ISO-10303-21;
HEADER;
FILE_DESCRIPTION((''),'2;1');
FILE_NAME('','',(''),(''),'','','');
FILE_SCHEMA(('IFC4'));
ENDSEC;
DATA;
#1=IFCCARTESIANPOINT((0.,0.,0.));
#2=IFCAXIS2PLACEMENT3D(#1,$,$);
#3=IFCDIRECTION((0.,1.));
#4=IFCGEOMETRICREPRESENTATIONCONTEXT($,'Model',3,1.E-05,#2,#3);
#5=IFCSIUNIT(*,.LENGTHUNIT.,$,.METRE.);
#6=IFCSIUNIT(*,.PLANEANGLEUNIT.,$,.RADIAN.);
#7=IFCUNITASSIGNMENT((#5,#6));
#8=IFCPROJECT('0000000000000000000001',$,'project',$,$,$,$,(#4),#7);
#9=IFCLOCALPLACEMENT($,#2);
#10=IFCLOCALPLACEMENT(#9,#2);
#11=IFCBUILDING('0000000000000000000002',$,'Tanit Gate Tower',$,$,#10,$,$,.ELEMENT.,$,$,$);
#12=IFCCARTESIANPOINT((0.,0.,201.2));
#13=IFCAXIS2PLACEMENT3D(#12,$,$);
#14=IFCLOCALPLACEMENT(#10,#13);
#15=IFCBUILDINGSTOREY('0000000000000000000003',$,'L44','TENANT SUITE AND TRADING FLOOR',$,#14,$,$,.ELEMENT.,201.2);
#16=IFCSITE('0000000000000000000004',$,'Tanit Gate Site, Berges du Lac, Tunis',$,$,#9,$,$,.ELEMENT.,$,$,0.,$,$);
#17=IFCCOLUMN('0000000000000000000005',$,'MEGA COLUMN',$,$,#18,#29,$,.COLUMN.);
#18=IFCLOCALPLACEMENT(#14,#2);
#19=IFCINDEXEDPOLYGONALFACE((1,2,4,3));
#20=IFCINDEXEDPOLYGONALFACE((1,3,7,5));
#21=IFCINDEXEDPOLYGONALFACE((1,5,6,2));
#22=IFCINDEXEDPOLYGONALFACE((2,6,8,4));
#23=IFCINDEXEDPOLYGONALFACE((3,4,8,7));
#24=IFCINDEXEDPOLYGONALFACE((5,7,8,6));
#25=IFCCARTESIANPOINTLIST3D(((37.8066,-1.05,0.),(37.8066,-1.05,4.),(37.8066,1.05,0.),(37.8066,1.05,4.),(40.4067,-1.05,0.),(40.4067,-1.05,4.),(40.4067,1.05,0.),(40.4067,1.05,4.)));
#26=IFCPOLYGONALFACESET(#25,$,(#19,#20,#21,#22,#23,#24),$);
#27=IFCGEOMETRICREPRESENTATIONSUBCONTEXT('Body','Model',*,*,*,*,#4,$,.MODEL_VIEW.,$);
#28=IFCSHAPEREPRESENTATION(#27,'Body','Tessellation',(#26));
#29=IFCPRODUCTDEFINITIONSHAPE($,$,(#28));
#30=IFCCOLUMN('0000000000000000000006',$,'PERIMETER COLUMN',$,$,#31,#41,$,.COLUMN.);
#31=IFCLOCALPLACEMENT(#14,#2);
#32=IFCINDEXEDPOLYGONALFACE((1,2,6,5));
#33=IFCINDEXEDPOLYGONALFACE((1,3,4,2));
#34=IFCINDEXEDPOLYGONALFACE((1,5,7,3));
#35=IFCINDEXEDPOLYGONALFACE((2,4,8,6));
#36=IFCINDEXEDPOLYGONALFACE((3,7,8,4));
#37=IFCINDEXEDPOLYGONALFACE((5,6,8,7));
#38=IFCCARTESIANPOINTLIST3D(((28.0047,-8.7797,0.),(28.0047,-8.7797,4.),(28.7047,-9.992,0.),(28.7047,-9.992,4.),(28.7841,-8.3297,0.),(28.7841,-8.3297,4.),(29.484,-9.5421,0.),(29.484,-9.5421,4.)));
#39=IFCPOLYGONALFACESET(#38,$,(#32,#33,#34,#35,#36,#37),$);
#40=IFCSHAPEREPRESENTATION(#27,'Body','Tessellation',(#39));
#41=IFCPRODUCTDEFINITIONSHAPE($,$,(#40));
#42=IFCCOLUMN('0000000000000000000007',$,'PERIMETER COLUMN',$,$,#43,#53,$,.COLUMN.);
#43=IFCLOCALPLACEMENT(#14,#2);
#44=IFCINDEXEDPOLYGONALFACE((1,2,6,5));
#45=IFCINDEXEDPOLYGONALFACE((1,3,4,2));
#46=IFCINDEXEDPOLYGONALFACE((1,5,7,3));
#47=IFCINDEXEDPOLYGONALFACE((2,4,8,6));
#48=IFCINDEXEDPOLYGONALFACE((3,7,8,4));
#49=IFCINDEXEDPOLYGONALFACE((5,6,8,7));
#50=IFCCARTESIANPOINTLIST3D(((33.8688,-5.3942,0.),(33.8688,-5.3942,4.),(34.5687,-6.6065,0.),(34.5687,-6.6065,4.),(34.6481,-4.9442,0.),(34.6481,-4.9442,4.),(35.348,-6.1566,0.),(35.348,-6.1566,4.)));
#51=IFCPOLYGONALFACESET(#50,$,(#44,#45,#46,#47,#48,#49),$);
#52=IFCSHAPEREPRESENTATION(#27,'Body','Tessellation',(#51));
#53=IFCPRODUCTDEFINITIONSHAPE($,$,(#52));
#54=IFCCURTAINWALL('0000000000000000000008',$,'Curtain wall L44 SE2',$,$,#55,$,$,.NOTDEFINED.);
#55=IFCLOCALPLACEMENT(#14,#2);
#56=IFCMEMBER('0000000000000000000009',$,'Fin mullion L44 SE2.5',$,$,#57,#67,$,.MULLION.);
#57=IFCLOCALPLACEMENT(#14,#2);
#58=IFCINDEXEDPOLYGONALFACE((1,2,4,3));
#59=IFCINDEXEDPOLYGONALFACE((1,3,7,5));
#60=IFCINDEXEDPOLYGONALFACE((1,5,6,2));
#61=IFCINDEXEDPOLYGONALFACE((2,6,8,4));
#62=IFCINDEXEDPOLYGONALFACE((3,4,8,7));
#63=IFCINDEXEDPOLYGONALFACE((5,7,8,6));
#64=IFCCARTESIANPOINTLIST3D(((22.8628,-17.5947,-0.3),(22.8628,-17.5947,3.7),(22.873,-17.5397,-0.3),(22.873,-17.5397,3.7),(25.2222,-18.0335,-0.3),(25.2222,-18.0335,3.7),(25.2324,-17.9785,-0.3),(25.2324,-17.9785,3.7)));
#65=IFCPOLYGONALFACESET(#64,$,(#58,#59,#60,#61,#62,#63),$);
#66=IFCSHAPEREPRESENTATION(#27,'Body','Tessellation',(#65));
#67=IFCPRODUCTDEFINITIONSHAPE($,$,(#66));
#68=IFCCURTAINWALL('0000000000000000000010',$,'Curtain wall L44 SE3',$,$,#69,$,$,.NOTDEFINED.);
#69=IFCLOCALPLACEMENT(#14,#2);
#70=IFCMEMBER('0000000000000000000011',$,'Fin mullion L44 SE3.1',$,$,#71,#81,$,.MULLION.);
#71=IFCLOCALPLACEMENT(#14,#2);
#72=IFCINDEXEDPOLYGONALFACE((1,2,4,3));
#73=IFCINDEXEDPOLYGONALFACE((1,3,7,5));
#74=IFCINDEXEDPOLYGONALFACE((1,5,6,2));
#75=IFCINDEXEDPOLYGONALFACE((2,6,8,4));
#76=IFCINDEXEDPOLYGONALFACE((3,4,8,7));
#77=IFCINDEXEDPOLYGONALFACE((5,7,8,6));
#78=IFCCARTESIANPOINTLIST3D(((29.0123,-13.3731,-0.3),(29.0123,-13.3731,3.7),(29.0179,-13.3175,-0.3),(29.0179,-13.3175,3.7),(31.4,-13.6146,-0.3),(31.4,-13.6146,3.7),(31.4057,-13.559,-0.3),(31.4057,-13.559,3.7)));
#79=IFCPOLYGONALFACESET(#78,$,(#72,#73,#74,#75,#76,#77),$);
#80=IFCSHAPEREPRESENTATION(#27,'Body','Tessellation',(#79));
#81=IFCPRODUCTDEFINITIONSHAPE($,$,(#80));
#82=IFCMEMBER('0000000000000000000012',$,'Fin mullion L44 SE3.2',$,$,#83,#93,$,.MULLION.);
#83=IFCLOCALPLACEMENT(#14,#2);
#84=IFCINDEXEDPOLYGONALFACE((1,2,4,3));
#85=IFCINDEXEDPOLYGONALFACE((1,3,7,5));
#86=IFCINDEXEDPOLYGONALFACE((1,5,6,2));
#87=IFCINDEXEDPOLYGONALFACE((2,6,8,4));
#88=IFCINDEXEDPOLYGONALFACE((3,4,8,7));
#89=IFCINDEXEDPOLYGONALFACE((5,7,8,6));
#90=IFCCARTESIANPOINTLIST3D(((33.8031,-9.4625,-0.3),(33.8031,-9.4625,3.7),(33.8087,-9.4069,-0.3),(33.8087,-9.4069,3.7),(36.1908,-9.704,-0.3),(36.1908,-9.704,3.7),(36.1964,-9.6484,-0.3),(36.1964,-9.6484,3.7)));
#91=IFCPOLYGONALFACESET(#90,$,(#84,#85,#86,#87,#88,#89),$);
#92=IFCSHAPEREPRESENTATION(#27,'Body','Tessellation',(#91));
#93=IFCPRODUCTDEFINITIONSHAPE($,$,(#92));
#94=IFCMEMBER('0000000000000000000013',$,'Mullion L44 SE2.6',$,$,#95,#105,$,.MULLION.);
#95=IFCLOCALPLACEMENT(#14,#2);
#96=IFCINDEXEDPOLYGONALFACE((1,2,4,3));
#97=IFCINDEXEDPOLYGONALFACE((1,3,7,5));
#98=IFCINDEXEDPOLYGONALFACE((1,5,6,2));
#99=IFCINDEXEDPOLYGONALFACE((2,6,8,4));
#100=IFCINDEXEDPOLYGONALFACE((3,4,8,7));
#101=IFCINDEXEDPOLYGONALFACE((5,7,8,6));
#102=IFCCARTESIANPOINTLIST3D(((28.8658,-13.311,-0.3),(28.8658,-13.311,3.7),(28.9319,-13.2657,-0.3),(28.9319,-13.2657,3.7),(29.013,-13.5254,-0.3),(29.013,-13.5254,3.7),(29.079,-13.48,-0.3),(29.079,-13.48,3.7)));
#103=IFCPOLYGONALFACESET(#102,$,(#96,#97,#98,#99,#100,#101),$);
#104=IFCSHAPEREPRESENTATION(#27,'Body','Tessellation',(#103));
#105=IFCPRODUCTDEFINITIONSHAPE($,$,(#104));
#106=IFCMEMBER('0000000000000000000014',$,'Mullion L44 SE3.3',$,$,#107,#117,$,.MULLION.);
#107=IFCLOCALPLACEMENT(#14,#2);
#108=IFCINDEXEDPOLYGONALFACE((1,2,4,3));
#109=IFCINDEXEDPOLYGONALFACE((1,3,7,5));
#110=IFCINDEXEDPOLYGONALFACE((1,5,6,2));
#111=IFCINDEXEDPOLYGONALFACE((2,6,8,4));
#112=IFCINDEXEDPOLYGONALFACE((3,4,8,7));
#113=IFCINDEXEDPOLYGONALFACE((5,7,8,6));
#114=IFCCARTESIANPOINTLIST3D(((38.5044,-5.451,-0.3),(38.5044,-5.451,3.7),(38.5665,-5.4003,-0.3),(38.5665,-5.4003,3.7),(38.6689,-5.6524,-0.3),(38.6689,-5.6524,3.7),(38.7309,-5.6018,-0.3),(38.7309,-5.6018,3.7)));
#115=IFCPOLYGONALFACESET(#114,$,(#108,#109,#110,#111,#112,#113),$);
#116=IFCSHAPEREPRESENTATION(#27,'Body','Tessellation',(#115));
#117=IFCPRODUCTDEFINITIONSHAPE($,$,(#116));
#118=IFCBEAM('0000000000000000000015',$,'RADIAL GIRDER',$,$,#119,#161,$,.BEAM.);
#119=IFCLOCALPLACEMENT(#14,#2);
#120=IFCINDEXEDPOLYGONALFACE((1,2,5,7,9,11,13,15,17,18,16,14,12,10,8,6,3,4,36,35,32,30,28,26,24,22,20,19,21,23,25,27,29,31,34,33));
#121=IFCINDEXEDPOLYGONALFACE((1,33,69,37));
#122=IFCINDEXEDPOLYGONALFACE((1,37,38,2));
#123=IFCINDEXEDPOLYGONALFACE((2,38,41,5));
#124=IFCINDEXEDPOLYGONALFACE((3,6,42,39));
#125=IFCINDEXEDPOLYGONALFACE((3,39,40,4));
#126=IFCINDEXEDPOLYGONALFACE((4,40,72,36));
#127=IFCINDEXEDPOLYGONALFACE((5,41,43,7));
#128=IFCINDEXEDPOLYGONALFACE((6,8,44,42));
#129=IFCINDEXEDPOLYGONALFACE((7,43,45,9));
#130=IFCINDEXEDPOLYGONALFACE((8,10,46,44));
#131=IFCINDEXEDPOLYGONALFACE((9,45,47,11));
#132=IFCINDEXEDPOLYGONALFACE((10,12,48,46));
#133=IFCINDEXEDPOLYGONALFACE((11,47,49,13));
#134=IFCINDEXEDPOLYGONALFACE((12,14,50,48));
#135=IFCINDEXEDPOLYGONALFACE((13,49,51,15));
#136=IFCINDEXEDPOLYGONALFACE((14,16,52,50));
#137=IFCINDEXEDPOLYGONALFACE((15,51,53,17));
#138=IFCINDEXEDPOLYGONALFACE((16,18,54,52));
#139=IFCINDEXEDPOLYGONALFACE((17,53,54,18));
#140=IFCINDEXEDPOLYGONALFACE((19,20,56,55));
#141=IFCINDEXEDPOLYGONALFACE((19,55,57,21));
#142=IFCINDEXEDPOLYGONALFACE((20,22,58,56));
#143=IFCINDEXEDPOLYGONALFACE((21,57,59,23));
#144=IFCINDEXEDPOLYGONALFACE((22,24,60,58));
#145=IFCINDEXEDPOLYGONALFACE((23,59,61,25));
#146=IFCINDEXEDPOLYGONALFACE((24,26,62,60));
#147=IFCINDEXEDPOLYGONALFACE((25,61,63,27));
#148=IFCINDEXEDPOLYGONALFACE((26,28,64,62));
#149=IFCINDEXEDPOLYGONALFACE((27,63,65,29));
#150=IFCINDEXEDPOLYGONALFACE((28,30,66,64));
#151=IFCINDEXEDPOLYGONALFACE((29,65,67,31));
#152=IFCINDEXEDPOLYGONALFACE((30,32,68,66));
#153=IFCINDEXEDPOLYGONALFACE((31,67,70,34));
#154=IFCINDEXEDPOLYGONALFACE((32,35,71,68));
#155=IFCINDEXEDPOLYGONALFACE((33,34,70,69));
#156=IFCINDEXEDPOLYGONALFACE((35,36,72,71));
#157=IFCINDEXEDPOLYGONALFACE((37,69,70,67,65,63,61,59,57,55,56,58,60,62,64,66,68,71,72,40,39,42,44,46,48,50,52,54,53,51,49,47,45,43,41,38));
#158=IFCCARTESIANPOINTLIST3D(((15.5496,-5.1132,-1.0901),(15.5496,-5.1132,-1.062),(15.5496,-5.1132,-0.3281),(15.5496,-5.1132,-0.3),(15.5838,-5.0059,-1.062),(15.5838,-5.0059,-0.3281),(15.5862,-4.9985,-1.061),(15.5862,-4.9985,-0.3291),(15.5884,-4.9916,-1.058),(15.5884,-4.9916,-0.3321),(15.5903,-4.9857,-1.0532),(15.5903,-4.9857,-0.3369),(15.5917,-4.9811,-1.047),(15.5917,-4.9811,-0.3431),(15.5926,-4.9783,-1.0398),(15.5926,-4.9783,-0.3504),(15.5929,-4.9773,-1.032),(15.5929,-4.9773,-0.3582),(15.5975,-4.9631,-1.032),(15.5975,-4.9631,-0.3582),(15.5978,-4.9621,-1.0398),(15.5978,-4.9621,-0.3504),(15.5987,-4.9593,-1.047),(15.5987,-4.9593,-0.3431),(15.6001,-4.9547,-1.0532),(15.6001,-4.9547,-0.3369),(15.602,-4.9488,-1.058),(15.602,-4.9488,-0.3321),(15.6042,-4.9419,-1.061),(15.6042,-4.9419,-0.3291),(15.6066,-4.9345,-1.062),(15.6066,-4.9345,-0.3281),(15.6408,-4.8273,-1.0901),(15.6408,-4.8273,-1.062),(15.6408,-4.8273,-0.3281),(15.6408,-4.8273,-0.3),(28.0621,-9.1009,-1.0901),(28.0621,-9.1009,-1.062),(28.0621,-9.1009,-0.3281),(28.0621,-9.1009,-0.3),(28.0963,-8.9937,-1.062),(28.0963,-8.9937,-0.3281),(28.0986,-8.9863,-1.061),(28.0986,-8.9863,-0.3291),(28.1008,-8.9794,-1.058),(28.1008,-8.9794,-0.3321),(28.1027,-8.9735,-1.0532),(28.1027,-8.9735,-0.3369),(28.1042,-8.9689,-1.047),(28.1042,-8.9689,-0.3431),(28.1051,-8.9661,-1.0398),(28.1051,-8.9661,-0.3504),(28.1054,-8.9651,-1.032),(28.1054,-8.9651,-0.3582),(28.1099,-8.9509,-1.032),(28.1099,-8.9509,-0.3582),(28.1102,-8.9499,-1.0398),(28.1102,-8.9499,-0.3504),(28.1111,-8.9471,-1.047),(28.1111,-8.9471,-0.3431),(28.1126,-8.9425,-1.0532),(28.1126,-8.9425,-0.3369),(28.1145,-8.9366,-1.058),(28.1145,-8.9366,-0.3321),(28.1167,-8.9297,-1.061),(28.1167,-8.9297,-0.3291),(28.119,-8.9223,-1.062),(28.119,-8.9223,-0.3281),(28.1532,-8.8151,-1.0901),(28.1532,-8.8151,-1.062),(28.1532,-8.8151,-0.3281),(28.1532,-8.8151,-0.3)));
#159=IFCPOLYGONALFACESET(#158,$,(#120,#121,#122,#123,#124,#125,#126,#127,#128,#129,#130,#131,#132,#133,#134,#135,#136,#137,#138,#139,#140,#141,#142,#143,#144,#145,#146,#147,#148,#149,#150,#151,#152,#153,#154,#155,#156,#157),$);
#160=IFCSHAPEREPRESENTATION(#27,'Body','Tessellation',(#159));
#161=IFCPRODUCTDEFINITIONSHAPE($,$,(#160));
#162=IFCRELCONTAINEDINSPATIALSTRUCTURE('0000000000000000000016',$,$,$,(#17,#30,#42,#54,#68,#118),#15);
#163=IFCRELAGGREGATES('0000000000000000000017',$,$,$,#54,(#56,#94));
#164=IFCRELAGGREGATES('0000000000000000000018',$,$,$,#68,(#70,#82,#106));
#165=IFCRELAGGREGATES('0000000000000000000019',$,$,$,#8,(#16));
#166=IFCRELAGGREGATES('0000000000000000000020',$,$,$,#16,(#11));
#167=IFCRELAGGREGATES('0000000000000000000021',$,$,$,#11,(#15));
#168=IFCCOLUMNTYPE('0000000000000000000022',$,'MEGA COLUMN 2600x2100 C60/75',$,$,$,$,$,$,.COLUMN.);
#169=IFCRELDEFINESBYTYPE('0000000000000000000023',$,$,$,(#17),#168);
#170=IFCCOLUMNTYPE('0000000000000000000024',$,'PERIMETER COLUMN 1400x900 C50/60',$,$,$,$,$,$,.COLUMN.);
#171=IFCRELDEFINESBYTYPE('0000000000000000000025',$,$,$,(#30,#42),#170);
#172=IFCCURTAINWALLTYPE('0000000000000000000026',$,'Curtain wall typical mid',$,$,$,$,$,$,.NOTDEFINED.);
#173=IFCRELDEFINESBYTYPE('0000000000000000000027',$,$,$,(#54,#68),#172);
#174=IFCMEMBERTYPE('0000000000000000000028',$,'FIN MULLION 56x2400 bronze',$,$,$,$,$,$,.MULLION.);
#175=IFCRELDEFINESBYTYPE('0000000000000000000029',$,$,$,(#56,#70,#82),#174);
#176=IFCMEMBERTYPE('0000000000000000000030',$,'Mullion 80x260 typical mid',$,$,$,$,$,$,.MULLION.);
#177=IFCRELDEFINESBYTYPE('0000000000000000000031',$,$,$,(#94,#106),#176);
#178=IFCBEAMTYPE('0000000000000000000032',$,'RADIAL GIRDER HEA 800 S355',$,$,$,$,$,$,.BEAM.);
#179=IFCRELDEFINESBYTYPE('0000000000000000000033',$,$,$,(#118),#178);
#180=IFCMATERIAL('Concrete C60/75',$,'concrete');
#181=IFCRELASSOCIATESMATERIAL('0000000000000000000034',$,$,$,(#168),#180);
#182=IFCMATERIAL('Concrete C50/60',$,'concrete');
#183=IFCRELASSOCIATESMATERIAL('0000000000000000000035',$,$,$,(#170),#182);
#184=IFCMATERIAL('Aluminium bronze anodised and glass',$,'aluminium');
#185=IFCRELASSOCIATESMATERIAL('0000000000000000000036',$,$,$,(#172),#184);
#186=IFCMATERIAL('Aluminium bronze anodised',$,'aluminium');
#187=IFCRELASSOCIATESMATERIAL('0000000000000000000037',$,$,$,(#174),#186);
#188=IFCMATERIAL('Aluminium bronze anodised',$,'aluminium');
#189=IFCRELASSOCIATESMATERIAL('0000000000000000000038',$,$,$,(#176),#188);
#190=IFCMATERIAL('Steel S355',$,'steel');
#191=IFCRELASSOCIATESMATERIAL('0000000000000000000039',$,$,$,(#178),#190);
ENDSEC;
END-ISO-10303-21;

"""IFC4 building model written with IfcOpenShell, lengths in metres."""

from ifc_helpers import new_model, si_unit, direction, frame, origin, origin_2d, place, context, subcontext, project, spatial, rectangle, i_section, extrude, material, material_profile, profile_set, type_object, element, aggregate, save


model = new_model("IFC4")

# Units and contexts
model_context = context("Model", 3, precision=1e-05, world=origin(), true_north=direction((0.0, 1.0)))
body_context = subcontext(model_context, "Body", "Model", "MODEL_VIEW")
ifc_project = project(units=[si_unit("LENGTHUNIT", "METRE"), si_unit("PLANEANGLEUNIT", "RADIAN")], contexts=[model_context])

# Site, building, storey
site_placement = place(None, origin())
site = spatial("IfcSite", under=ifc_project, at=site_placement, Name="Tanit Gate Site, Berges du Lac, Tunis", CompositionType="ELEMENT", RefElevation=0.0)
building_placement = place(site_placement, origin())
building = spatial("IfcBuilding", under=site, at=building_placement, Name="Tanit Gate Tower", CompositionType="ELEMENT")
storey_placement = place(building_placement, frame((0.0, 0.0, 201.2)))
storey = spatial("IfcBuildingStorey", under=building, at=storey_placement, Name="L44", Description="TENANT SUITE AND TRADING FLOOR", CompositionType="ELEMENT", Elevation=201.2)

# Columns
ifc_material_1 = material(Name="Concrete C60/75", Category="concrete")
ifc_material_profile_1 = material_profile(ifc_material_1, rectangle(XDim=2.6001, YDim=2.1001, at=origin_2d()), Name="RC 2600x2100")
ifc_profile_set_1 = profile_set([ifc_material_profile_1], Name="Concrete C60/75")
column_type_1 = type_object("IfcColumnType", Name="MEGA COLUMN 2600x2100 C60/75", PredefinedType="COLUMN", material=ifc_profile_set_1)
column_placement = place(storey_placement, frame((39.1067, 0.0, 0.0), z_axis=(0.0, 0.0, 1.0), x_axis=(1.0, 0.0, 0.0)))
element("IfcColumn", 1, at=column_placement, inside=storey, type_object=column_type_1, Name="MEGA COLUMN", PredefinedType="COLUMN", context=body_context, shape_type="SweptSolid", body=[
    extrude(rectangle(XDim=2.6001, YDim=2.1001, at=origin_2d()), origin(), (0.0, 0.0, 1.0), 4.0),
])
ifc_material_2 = material(Name="Concrete C50/60", Category="concrete")
ifc_material_profile_2 = material_profile(ifc_material_2, rectangle(XDim=1.3999, YDim=0.8999, at=origin_2d()), Name="RC 1400x900")
ifc_profile_set_2 = profile_set([ifc_material_profile_2], Name="Concrete C50/60")
column_type_2 = type_object("IfcColumnType", Name="PERIMETER COLUMN 1400x900 C50/60", PredefinedType="COLUMN", material=ifc_profile_set_2)
for number, where, z_axis, x_axis, name in (
    (2, (28.7444, -9.1609, 0.0), (0.0, 0.0, 1.0), (0.5, -0.866025, 0.0), "PERIMETER COLUMN"),
    (3, (34.6084, -5.7754, 0.0), (0.0, 0.0, 1.0), (0.5, -0.866025, 0.0), "PERIMETER COLUMN"),
):
    element("IfcColumn", number, at=place(storey_placement, frame(where, z_axis=z_axis, x_axis=x_axis)), inside=storey, type_object=column_type_2, Name=name, PredefinedType="COLUMN", context=body_context, shape_type="SweptSolid", body=[
        extrude(rectangle(XDim=1.3999, YDim=0.8999, at=origin_2d()), origin(), (0.0, 0.0, 1.0), 4.0),
    ])

# Curtain wall, member
ifc_material_3 = material(Name="Aluminium bronze anodised and glass", Category="aluminium")
curtain_wall_type = type_object("IfcCurtainWallType", Name="Curtain wall typical mid", PredefinedType="NOTDEFINED", material=ifc_material_3)
curtain_wall_1_placement = place(storey_placement, origin())
curtain_wall_1 = element("IfcCurtainWall", 4, at=curtain_wall_1_placement, inside=storey, type_object=curtain_wall_type, Name="Curtain wall L44 SE2", PredefinedType="NOTDEFINED")
ifc_material_4 = material(Name="Aluminium bronze anodised", Category="aluminium")
ifc_material_profile_3 = material_profile(ifc_material_4, rectangle(XDim=2.3999, YDim=0.0559, at=origin_2d()), Name="56x2400 bronze fin mullion")
ifc_profile_set_3 = profile_set([ifc_material_profile_3], Name="Aluminium bronze anodised")
member_type_1 = type_object("IfcMemberType", Name="FIN MULLION 56x2400 bronze", PredefinedType="MULLION", material=ifc_profile_set_3)
member_1_placement = place(storey_placement, frame((24.0476, -17.7866, -0.3), z_axis=(0.0, 0.0, 1.0), x_axis=(-0.983141, 0.182847, 0.0)))
member_1 = element("IfcMember", 5, at=member_1_placement, type_object=member_type_1, Name="Fin mullion L44 SE2.5", PredefinedType="MULLION", context=body_context, shape_type="SweptSolid", body=[
    extrude(rectangle(XDim=2.3999, YDim=0.0559, at=origin_2d()), origin(), (0.0, 0.0, 1.0), 4.0),
])

# Curtain wall, members
curtain_wall_2_placement = place(storey_placement, origin())
curtain_wall_2 = element("IfcCurtainWall", 6, at=curtain_wall_2_placement, inside=storey, type_object=curtain_wall_type, Name="Curtain wall L44 SE3", PredefinedType="NOTDEFINED")
member_2_placement = place(storey_placement, frame((30.209, -13.4661, -0.3), z_axis=(0.0, 0.0, 1.0), x_axis=(-0.994923, 0.100634, 0.0)))
member_2 = element("IfcMember", 7, at=member_2_placement, type_object=member_type_1, Name="Fin mullion L44 SE3.1", PredefinedType="MULLION", context=body_context, shape_type="SweptSolid", body=[
    extrude(rectangle(XDim=2.3999, YDim=0.0559, at=origin_2d()), origin(), (0.0, 0.0, 1.0), 4.0),
])
member_3_placement = place(storey_placement, frame((34.9998, -9.5554, -0.3), z_axis=(0.0, 0.0, 1.0), x_axis=(-0.994923, 0.100634, 0.0)))
member_3 = element("IfcMember", 8, at=member_3_placement, type_object=member_type_1, Name="Fin mullion L44 SE3.2", PredefinedType="MULLION", context=body_context, shape_type="SweptSolid", body=[
    extrude(rectangle(XDim=2.3999, YDim=0.0559, at=origin_2d()), origin(), (0.0, 0.0, 1.0), 4.0),
])

# Members
ifc_material_5 = material(Name="Aluminium bronze anodised", Category="aluminium")
ifc_material_profile_4 = material_profile(ifc_material_5, rectangle(XDim=0.26, YDim=0.0801, at=origin_2d()), Name="80x260 bronze mullion")
ifc_profile_set_4 = profile_set([ifc_material_profile_4], Name="Aluminium bronze anodised")
member_type_2 = type_object("IfcMemberType", Name="Mullion 80x260 typical mid", PredefinedType="MULLION", material=ifc_profile_set_4)
member_4_placement = place(storey_placement, frame((28.9724, -13.3955, -0.3), z_axis=(0.0, 0.0, 1.0), x_axis=(-0.565893, 0.824479, 0.0)))
member_4 = element("IfcMember", 9, at=member_4_placement, type_object=member_type_2, Name="Mullion L44 SE2.6", PredefinedType="MULLION", context=body_context, shape_type="SweptSolid", body=[
    extrude(rectangle(XDim=0.26, YDim=0.0801, at=origin_2d()), origin(), (0.0, 0.0, 1.0), 4.0),
])
member_5_placement = place(storey_placement, frame((38.6177, -5.5264, -0.3), z_axis=(0.0, 0.0, 1.0), x_axis=(-0.632358, 0.774676, 0.0)))
member_5 = element("IfcMember", 10, at=member_5_placement, type_object=member_type_2, Name="Mullion L44 SE3.3", PredefinedType="MULLION", context=body_context, shape_type="SweptSolid", body=[
    extrude(rectangle(XDim=0.26, YDim=0.0801, at=origin_2d()), origin(), (0.0, 0.0, 1.0), 4.0),
])

# Beam
ifc_material_6 = material(Name="Steel S355", Category="steel")
ifc_material_profile_5 = material_profile(ifc_material_6, i_section(OverallWidth=0.3, OverallDepth=0.79, WebThickness=0.0149, FlangeThickness=0.0281, FilletRadius=0.03, at=origin_2d()), Name="HEA 800")
ifc_profile_set_5 = profile_set([ifc_material_profile_5], Name="Steel S355")
beam_type_1 = type_object("IfcBeamType", Name="RADIAL GIRDER HEA 800 S355", PredefinedType="BEAM", material=ifc_profile_set_5)
beam_1_placement = place(storey_placement, frame((28.1077, -8.958, -0.6951), z_axis=(-0.952781, 0.303657, 0.0), x_axis=(-0.303657, -0.952781, 0.0)))
element("IfcBeam", 11, at=beam_1_placement, inside=storey, type_object=beam_type_1, Name="RADIAL GIRDER", PredefinedType="BEAM", context=body_context, shape_type="SweptSolid", body=[
    extrude(i_section(OverallWidth=0.3, OverallDepth=0.79, WebThickness=0.0149, FlangeThickness=0.0281, FilletRadius=0.03, at=origin_2d()), origin(), (0.0, 0.0, 1.0), 13.1326),
])

aggregate(curtain_wall_1, [member_1, member_4])
aggregate(curtain_wall_2, [member_2, member_3, member_5])

save(model, "model.ifc")
